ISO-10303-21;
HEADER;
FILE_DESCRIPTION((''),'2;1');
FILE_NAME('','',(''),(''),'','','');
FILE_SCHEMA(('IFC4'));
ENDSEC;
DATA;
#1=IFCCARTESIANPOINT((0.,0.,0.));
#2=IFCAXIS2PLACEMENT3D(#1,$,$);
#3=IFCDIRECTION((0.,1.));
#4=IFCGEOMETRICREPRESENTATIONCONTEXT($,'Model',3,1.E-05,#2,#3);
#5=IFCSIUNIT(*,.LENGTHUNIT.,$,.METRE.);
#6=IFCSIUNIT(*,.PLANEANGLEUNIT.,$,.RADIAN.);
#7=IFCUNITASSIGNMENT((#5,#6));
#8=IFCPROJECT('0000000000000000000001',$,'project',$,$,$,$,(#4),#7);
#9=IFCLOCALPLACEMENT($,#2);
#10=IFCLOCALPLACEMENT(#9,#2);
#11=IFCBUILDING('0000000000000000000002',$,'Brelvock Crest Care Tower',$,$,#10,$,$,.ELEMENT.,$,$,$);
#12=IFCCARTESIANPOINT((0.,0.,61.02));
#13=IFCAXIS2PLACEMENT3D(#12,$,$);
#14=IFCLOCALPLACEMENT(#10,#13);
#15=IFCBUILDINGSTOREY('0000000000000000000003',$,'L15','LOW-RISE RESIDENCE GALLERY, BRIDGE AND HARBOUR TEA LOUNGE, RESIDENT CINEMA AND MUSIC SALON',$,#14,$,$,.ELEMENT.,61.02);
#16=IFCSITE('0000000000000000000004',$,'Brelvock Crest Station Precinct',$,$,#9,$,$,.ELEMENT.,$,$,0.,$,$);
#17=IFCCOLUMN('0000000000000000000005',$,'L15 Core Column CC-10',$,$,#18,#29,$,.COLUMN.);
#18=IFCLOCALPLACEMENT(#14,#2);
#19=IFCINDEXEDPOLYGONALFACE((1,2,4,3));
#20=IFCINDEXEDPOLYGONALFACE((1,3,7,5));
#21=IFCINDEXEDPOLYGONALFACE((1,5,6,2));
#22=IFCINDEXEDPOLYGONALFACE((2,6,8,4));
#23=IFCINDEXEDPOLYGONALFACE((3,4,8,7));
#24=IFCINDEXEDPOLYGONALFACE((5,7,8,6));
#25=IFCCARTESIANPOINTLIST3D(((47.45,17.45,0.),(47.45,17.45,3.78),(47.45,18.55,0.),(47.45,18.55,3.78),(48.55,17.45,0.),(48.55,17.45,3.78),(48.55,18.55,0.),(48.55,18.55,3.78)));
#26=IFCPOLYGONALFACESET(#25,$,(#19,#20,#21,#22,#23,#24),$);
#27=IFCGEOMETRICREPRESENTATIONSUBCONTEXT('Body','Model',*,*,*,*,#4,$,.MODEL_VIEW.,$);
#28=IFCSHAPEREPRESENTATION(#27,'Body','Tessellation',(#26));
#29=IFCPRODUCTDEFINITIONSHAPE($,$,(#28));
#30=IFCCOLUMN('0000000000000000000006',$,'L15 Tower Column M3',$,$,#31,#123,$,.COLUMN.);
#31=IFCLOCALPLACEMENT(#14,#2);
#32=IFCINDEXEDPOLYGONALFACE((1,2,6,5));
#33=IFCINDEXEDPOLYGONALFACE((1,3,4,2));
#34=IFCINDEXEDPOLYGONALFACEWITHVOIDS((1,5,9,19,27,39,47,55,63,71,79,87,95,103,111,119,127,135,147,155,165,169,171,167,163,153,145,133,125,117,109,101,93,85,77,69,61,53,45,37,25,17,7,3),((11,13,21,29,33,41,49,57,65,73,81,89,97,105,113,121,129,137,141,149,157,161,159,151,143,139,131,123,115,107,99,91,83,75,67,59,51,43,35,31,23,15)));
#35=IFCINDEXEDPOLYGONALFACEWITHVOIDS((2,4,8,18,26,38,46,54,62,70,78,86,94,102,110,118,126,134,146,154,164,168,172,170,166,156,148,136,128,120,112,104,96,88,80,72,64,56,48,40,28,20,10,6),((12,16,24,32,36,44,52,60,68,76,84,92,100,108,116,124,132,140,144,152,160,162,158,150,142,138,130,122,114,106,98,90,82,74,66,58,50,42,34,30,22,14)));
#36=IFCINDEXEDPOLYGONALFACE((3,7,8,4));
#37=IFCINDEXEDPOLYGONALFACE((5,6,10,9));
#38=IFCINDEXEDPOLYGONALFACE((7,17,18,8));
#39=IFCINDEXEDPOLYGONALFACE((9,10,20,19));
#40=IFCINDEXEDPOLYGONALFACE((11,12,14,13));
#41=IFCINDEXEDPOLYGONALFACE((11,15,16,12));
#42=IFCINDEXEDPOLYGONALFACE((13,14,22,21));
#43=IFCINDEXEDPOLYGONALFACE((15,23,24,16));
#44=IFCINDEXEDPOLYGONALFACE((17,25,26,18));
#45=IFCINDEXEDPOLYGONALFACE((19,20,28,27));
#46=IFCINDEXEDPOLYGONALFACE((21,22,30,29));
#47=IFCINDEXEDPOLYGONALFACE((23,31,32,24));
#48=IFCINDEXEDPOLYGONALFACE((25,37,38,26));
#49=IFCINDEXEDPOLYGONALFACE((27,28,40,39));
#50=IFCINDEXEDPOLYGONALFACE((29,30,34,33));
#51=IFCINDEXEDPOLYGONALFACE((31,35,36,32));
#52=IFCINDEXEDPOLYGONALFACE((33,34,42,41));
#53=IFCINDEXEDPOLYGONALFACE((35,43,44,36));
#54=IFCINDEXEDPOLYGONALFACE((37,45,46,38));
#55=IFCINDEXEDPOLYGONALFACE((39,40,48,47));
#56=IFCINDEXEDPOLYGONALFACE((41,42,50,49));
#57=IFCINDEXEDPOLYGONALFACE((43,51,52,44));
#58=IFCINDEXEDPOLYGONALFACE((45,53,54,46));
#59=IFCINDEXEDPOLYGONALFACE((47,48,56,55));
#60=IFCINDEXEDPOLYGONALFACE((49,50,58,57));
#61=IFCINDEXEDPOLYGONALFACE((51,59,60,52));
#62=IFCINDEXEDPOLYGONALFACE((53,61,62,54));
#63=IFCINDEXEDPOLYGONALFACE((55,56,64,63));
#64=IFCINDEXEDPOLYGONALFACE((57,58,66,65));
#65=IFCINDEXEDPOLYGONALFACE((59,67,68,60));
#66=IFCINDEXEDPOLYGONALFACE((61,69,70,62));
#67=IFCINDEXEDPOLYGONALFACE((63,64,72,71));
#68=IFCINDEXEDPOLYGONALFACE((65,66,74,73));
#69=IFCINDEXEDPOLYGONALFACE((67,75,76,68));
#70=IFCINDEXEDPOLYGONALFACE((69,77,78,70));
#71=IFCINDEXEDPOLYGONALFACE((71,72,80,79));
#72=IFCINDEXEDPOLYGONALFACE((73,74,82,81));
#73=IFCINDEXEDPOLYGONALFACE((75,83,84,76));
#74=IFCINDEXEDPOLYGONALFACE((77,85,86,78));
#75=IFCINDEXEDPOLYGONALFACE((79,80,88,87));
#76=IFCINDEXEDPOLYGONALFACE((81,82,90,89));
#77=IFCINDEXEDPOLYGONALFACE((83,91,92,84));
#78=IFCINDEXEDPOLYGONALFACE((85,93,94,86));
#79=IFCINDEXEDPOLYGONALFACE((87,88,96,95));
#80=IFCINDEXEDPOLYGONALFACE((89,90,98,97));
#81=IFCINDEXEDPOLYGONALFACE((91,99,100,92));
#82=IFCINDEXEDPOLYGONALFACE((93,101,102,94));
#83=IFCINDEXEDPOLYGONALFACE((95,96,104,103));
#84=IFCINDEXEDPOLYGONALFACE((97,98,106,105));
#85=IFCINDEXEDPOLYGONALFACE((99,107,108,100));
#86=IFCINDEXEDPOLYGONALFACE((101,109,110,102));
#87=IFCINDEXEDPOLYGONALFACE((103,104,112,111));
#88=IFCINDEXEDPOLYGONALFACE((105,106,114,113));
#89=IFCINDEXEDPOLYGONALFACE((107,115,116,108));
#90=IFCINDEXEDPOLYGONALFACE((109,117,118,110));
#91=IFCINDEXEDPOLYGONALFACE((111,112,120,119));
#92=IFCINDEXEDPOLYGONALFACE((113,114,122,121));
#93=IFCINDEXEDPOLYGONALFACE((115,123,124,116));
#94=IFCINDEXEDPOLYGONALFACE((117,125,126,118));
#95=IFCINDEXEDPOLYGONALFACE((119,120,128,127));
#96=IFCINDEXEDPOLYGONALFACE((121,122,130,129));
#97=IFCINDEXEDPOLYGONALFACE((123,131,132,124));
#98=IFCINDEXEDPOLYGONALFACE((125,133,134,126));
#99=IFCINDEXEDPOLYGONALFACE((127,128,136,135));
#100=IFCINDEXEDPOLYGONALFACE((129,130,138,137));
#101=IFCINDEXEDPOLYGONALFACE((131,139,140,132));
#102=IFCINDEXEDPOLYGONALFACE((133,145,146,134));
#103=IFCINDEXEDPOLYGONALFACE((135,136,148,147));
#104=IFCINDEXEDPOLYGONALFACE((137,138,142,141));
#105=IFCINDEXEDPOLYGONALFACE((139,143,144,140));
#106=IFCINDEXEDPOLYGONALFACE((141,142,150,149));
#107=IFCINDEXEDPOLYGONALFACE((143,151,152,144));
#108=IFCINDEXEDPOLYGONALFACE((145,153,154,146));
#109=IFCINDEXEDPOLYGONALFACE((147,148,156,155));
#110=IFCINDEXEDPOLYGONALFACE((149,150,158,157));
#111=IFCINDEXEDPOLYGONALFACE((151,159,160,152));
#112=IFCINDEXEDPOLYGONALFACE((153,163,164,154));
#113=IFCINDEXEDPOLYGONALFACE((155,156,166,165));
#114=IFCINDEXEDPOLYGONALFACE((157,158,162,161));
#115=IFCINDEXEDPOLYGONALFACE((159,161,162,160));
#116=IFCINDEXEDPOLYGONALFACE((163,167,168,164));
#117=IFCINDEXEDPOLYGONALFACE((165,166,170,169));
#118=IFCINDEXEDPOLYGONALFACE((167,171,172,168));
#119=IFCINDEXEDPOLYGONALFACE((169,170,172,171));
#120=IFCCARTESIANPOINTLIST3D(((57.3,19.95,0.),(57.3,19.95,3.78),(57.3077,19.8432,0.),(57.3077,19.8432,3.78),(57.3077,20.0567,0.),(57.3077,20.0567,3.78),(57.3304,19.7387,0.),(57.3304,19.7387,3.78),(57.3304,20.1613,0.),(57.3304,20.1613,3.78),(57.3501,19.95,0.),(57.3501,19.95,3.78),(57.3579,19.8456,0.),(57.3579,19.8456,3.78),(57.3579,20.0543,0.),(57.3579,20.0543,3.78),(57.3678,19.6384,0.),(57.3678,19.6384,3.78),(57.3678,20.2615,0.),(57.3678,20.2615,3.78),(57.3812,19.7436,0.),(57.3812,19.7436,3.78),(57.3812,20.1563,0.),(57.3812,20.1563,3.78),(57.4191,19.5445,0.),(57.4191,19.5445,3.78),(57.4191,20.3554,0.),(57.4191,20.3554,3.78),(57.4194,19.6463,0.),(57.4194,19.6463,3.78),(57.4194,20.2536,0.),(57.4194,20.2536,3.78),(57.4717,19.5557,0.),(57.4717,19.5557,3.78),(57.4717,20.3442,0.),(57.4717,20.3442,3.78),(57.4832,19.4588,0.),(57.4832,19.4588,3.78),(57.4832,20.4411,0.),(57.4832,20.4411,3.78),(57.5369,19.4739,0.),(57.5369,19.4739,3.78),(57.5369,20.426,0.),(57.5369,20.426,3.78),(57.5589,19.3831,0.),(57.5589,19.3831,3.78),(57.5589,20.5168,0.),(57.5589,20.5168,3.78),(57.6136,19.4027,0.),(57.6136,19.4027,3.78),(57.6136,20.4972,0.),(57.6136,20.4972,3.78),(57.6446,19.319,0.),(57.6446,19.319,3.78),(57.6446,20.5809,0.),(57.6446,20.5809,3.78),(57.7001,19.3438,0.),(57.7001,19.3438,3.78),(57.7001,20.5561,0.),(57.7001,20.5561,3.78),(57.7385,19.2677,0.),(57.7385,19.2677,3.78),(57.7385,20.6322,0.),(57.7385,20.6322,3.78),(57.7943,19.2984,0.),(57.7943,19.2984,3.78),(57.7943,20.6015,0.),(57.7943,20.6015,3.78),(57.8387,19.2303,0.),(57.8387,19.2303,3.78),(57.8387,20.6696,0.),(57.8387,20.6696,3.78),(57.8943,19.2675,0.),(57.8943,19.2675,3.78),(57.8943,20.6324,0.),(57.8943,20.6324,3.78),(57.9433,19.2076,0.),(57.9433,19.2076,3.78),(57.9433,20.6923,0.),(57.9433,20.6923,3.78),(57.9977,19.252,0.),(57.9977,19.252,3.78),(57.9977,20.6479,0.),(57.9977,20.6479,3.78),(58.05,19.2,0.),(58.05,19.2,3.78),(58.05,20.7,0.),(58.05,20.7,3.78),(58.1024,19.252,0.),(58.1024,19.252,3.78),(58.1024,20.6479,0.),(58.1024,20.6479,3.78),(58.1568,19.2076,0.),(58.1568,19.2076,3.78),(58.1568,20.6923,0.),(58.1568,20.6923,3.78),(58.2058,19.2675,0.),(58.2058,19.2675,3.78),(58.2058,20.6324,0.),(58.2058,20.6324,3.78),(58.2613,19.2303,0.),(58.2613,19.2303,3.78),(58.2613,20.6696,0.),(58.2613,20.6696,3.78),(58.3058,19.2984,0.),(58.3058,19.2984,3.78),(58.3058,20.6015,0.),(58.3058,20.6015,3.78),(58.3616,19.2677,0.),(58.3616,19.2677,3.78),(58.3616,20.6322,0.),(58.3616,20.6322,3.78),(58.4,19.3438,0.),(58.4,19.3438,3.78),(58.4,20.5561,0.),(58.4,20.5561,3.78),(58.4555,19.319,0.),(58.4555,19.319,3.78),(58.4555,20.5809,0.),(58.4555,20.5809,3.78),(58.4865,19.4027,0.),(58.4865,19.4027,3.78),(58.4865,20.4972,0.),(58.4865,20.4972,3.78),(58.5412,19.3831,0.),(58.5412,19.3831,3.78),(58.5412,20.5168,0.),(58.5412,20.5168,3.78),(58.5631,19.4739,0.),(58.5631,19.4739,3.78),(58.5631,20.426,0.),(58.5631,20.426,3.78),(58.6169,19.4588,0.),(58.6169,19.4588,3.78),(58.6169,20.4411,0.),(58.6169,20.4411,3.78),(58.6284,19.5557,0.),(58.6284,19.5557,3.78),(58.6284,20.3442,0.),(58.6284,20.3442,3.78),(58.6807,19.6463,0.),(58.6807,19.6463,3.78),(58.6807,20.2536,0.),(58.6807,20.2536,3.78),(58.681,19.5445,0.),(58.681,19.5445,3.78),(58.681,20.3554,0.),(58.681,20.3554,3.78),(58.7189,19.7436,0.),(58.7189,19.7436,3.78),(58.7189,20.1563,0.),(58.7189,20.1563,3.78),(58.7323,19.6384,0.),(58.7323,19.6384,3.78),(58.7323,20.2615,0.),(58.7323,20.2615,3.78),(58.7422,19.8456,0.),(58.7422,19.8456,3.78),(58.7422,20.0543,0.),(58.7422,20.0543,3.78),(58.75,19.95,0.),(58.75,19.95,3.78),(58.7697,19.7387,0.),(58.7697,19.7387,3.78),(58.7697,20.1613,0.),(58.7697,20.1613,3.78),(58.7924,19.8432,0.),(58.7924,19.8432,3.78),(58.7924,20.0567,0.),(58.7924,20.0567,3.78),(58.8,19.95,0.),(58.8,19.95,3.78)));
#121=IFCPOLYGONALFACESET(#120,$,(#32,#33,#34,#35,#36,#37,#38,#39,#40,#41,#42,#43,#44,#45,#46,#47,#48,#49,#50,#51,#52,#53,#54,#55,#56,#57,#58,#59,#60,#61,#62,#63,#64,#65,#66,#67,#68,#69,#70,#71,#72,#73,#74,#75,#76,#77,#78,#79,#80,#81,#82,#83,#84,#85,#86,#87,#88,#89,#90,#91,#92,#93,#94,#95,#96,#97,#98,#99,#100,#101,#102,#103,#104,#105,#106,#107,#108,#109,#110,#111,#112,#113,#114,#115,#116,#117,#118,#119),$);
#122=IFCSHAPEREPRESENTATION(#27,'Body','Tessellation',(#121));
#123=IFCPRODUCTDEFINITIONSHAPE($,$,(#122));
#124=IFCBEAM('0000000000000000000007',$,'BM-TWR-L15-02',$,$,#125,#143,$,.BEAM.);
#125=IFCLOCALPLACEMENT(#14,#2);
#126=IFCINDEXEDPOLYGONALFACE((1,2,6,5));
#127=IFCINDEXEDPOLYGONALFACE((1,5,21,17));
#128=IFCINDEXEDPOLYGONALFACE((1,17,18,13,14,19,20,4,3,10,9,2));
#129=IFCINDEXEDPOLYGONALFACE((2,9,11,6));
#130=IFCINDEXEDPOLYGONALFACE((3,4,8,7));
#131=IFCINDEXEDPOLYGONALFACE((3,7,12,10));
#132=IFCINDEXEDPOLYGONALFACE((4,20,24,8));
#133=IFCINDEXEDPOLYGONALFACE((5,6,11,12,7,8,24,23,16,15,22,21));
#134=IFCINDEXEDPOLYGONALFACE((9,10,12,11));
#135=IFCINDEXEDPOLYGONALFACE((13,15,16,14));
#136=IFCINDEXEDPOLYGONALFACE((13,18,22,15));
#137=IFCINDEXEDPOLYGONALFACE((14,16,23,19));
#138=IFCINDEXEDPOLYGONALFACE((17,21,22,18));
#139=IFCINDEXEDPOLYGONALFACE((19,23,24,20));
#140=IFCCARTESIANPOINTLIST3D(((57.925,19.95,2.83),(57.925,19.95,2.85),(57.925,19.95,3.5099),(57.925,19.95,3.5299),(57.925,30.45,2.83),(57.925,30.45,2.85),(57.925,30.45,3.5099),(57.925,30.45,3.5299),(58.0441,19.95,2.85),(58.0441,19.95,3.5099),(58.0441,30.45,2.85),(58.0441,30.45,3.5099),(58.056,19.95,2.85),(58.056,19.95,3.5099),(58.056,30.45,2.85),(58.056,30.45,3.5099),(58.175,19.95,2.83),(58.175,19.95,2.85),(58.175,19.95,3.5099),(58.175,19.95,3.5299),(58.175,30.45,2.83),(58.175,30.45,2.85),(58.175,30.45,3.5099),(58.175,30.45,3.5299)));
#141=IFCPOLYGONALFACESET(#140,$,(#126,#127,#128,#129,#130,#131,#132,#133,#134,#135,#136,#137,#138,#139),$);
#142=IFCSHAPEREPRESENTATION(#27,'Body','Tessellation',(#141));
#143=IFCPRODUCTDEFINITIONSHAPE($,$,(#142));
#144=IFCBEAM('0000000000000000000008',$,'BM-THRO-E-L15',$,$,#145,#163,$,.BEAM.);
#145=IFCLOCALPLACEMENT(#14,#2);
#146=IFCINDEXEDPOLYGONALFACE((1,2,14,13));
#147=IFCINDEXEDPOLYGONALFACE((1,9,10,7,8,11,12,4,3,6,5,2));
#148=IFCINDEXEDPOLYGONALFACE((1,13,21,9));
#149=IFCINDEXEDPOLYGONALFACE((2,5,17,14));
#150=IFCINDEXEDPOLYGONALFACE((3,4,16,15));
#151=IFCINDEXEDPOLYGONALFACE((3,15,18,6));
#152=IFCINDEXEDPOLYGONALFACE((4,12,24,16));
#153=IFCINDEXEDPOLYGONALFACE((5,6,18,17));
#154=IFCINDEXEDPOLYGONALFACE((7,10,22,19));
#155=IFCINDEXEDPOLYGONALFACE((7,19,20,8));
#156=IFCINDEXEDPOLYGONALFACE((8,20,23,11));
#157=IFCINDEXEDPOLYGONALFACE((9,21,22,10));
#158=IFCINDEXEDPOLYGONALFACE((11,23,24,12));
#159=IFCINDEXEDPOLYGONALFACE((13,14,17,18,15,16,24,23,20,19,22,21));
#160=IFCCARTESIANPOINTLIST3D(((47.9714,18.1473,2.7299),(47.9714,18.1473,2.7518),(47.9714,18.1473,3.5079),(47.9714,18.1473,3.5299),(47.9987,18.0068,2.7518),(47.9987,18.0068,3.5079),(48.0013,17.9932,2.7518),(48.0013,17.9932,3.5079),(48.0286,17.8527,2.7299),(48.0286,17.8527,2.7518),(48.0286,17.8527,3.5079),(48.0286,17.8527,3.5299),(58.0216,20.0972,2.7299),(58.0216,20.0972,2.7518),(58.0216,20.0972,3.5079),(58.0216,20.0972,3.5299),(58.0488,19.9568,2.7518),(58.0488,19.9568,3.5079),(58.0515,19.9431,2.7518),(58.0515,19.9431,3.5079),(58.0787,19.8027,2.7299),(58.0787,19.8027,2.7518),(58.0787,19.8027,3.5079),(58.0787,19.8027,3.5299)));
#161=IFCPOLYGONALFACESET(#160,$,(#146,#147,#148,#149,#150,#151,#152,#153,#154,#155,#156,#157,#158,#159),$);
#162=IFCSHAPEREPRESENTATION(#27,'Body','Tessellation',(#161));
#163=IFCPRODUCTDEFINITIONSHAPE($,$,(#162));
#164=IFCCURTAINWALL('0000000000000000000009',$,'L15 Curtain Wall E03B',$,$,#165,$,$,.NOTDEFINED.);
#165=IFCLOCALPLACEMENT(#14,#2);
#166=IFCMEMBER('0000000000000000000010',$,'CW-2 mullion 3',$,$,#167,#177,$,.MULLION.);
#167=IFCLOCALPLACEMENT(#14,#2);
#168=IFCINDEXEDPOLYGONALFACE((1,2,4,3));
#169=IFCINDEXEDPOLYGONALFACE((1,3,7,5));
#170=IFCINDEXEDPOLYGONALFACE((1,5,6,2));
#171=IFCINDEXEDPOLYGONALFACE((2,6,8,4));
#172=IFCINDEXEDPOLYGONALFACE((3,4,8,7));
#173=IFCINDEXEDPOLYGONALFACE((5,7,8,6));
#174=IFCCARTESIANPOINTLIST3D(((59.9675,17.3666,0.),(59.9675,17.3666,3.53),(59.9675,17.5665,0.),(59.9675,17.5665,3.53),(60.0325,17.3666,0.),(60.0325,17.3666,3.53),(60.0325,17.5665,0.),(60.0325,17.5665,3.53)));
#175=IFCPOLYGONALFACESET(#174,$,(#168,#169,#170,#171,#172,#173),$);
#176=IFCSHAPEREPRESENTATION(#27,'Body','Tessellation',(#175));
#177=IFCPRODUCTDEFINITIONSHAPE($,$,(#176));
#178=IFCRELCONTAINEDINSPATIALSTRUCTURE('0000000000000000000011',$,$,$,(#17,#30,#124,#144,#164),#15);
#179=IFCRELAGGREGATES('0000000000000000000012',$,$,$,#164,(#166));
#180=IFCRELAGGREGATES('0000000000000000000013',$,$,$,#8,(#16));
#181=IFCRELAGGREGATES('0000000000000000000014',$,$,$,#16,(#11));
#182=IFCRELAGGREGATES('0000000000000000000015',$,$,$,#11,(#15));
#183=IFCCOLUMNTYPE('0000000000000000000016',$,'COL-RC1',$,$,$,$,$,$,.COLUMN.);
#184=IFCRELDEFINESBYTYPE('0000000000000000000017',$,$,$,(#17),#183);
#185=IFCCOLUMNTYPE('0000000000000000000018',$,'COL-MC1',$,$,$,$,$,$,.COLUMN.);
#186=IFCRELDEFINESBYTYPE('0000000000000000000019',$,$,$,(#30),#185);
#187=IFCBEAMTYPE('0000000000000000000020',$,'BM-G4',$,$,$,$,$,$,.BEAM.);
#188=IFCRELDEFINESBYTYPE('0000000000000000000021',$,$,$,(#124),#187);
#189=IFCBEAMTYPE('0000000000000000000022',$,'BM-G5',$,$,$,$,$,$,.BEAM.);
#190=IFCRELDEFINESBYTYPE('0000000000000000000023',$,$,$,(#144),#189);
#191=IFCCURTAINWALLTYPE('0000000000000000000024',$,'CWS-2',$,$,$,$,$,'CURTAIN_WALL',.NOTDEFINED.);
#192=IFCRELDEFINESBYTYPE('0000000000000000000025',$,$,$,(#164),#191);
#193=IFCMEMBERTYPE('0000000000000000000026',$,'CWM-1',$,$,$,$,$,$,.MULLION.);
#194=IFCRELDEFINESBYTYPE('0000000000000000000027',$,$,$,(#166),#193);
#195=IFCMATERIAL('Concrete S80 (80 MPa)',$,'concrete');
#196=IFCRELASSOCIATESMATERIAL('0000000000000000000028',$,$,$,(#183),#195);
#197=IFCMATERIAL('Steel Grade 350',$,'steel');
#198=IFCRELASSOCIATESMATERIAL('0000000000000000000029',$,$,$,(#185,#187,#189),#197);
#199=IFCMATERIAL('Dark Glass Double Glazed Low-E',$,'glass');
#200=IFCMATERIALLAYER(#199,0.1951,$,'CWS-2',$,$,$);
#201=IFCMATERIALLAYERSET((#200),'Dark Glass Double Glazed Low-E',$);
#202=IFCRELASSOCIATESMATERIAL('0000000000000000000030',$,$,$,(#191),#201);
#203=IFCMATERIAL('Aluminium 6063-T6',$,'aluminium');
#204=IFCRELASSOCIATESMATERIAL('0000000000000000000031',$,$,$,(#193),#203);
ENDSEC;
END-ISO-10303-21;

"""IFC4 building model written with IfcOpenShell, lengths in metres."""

from ifc_helpers import new_model, si_unit, direction, frame, origin, origin_2d, place, context, subcontext, project, spatial, rectangle, hollow_circle, i_section, extrude, source, transform, mapped, material, layer, layer_set, material_profile, profile_set, type_object, element, aggregate, save


model = new_model("IFC4")

# Units and contexts
model_context = context("Model", 3, precision=1e-05, world=origin(), true_north=direction((0.0, 1.0)))
body_context = subcontext(model_context, "Body", "Model", "MODEL_VIEW")
ifc_project = project(units=[si_unit("LENGTHUNIT", "METRE"), si_unit("PLANEANGLEUNIT", "RADIAN")], contexts=[model_context])

# Site, building, storey
site_placement = place(None, origin())
site = spatial("IfcSite", under=ifc_project, at=site_placement, Name="Brelvock Crest Station Precinct", CompositionType="ELEMENT", RefElevation=0.0)
building_placement = place(site_placement, origin())
building = spatial("IfcBuilding", under=site, at=building_placement, Name="Brelvock Crest Care Tower", CompositionType="ELEMENT")
storey_placement = place(building_placement, frame((0.0, 0.0, 61.02)))
storey = spatial("IfcBuildingStorey", under=building, at=storey_placement, Name="L15", Description="LOW-RISE RESIDENCE GALLERY, BRIDGE AND HARBOUR TEA LOUNGE, RESIDENT CINEMA AND MUSIC SALON", CompositionType="ELEMENT", Elevation=61.02)

# Columns
ifc_material_1 = material(Name="Concrete S80 (80 MPa)", Category="concrete")
ifc_material_profile_1 = material_profile(ifc_material_1, rectangle(XDim=1.1001, YDim=1.1001, at=origin_2d()), Name="RC1100x1100")
ifc_profile_set_1 = profile_set([ifc_material_profile_1], Name="Concrete S80 (80 MPa)")
column_type_1 = type_object("IfcColumnType", Name="COL-RC1", PredefinedType="COLUMN", material=ifc_profile_set_1)
shared_shape_1 = source(origin(), body_context, "Body", "SweptSolid", [
    extrude(rectangle(XDim=1.1001, YDim=1.1001, at=origin_2d()), origin(), (0.0, 0.0, 1.0), 3.78),
])
column_1_placement = place(storey_placement, frame((48.0, 18.0, 0.0), z_axis=(0.0, 0.0, 1.0), x_axis=(1.0, 0.0, 0.0)))
element("IfcColumn", 1, at=column_1_placement, inside=storey, type_object=column_type_1, Name="L15 Core Column CC-10", PredefinedType="COLUMN", context=body_context, shape_type="MappedRepresentation", body=[
    mapped(shared_shape_1, transform((0.0, 0.0, 0.0), x_axis=(1.0, 0.0, 0.0), y_axis=(0.0, 1.0, 0.0), z_axis=(0.0, 0.0, 1.0), scale=1.0)),
])
ifc_material_2 = material(Name="Steel Grade 350", Category="steel")
ifc_material_profile_2 = material_profile(ifc_material_2, hollow_circle(Radius=0.75, WallThickness=0.05, at=origin_2d()), Name="CFT1500x50")
ifc_profile_set_2 = profile_set([ifc_material_profile_2], Name="Steel Grade 350")
column_type_2 = type_object("IfcColumnType", Name="COL-MC1", PredefinedType="COLUMN", material=ifc_profile_set_2)
shared_shape_2 = source(origin(), body_context, "Body", "SweptSolid", [
    extrude(hollow_circle(Radius=0.75, WallThickness=0.05, at=origin_2d()), origin(), (0.0, 0.0, 1.0), 3.78),
])
column_2_placement = place(storey_placement, frame((58.05, 19.95, 0.0), z_axis=(0.0, 0.0, 1.0), x_axis=(1.0, 0.0, 0.0)))
element("IfcColumn", 2, at=column_2_placement, inside=storey, type_object=column_type_2, Name="L15 Tower Column M3", PredefinedType="COLUMN", context=body_context, shape_type="MappedRepresentation", body=[
    mapped(shared_shape_2, transform((0.0, 0.0, 0.0), x_axis=(1.0, 0.0, 0.0), y_axis=(0.0, 1.0, 0.0), z_axis=(0.0, 0.0, 1.0), scale=1.0)),
])

# Beams
ifc_material_profile_3 = material_profile(ifc_material_2, i_section(OverallWidth=0.25, OverallDepth=0.7, WebThickness=0.012, FlangeThickness=0.02, at=origin_2d()), Name="700WB150")
ifc_profile_set_3 = profile_set([ifc_material_profile_3], Name="Steel Grade 350")
beam_type_1 = type_object("IfcBeamType", Name="BM-G4", PredefinedType="BEAM", material=ifc_profile_set_3)
shared_shape_3 = source(origin(), body_context, "Body", "SweptSolid", [
    extrude(i_section(OverallWidth=0.25, OverallDepth=0.7, WebThickness=0.012, FlangeThickness=0.02, at=origin_2d()), origin(), (0.0, 0.0, 1.0), 10.5),
])
beam_1_placement = place(storey_placement, frame((58.05, 19.95, 3.1799), z_axis=(0.0, 1.0, 0.0), x_axis=(-1.0, 0.0, 0.0)))
element("IfcBeam", 3, at=beam_1_placement, inside=storey, type_object=beam_type_1, Name="BM-TWR-L15-02", PredefinedType="BEAM", context=body_context, shape_type="MappedRepresentation", body=[
    mapped(shared_shape_3, transform((0.0, 0.0, 0.0), x_axis=(1.0, 0.0, 0.0), y_axis=(0.0, 1.0, 0.0), z_axis=(0.0, 0.0, 1.0), scale=1.0)),
])
ifc_material_profile_4 = material_profile(ifc_material_2, i_section(OverallWidth=0.3, OverallDepth=0.8, WebThickness=0.0139, FlangeThickness=0.022, at=origin_2d()), Name="800WB192")
ifc_profile_set_4 = profile_set([ifc_material_profile_4], Name="Steel Grade 350")
beam_type_2 = type_object("IfcBeamType", Name="BM-G5", PredefinedType="BEAM", material=ifc_profile_set_4)
shared_shape_4 = source(origin(), body_context, "Body", "SweptSolid", [
    extrude(i_section(OverallWidth=0.3, OverallDepth=0.8, WebThickness=0.0139, FlangeThickness=0.022, at=origin_2d()), origin(), (0.0, 0.0, 1.0), 10.2375),
])
beam_2_placement = place(storey_placement, frame((48.0, 18.0, 3.1299), z_axis=(0.981693, 0.190472, 0.0), x_axis=(-0.190472, 0.981693, 0.0)))
element("IfcBeam", 4, at=beam_2_placement, inside=storey, type_object=beam_type_2, Name="BM-THRO-E-L15", PredefinedType="BEAM", context=body_context, shape_type="MappedRepresentation", body=[
    mapped(shared_shape_4, transform((0.0, 0.0, 0.0), x_axis=(1.0, 0.0, 0.0), y_axis=(0.0, 1.0, 0.0), z_axis=(0.0, 0.0, 1.0), scale=1.0)),
])

# Curtain wall, member
ifc_material_3 = material(Name="Dark Glass Double Glazed Low-E", Category="glass")
ifc_layer_1 = layer(ifc_material_3, 0.1951, Name="CWS-2")
ifc_layer_set_1 = layer_set([ifc_layer_1], Name="Dark Glass Double Glazed Low-E")
curtain_wall_type = type_object("IfcCurtainWallType", Name="CWS-2", ElementType="CURTAIN_WALL", PredefinedType="NOTDEFINED", material=ifc_layer_set_1)
curtain_wall_placement = place(storey_placement, origin())
curtain_wall = element("IfcCurtainWall", 5, at=curtain_wall_placement, inside=storey, type_object=curtain_wall_type, Name="L15 Curtain Wall E03B", PredefinedType="NOTDEFINED")
ifc_material_4 = material(Name="Aluminium 6063-T6", Category="aluminium")
ifc_material_profile_5 = material_profile(ifc_material_4, rectangle(XDim=0.0649, YDim=0.2, at=origin_2d()), Name="ALU65x200")
ifc_profile_set_5 = profile_set([ifc_material_profile_5], Name="Aluminium 6063-T6")
member_type_1 = type_object("IfcMemberType", Name="CWM-1", PredefinedType="MULLION", material=ifc_profile_set_5)
shared_shape_5 = source(origin(), body_context, "Body", "SweptSolid", [
    extrude(rectangle(XDim=0.0649, YDim=0.2, at=origin_2d()), origin(), (0.0, 0.0, 1.0), 3.53),
])
member_1_placement = place(storey_placement, frame((60.0, 17.4666, 0.0), z_axis=(0.0, 0.0, 1.0), x_axis=(1.0, 0.0, 0.0)))
member_1 = element("IfcMember", 6, at=member_1_placement, type_object=member_type_1, Name="CW-2 mullion 3", PredefinedType="MULLION", context=body_context, shape_type="MappedRepresentation", body=[
    mapped(shared_shape_5, transform((0.0, 0.0, 0.0), x_axis=(1.0, 0.0, 0.0), y_axis=(0.0, 1.0, 0.0), z_axis=(0.0, 0.0, 1.0), scale=1.0)),
])
aggregate(curtain_wall, [member_1])

save(model, "model.ifc")
